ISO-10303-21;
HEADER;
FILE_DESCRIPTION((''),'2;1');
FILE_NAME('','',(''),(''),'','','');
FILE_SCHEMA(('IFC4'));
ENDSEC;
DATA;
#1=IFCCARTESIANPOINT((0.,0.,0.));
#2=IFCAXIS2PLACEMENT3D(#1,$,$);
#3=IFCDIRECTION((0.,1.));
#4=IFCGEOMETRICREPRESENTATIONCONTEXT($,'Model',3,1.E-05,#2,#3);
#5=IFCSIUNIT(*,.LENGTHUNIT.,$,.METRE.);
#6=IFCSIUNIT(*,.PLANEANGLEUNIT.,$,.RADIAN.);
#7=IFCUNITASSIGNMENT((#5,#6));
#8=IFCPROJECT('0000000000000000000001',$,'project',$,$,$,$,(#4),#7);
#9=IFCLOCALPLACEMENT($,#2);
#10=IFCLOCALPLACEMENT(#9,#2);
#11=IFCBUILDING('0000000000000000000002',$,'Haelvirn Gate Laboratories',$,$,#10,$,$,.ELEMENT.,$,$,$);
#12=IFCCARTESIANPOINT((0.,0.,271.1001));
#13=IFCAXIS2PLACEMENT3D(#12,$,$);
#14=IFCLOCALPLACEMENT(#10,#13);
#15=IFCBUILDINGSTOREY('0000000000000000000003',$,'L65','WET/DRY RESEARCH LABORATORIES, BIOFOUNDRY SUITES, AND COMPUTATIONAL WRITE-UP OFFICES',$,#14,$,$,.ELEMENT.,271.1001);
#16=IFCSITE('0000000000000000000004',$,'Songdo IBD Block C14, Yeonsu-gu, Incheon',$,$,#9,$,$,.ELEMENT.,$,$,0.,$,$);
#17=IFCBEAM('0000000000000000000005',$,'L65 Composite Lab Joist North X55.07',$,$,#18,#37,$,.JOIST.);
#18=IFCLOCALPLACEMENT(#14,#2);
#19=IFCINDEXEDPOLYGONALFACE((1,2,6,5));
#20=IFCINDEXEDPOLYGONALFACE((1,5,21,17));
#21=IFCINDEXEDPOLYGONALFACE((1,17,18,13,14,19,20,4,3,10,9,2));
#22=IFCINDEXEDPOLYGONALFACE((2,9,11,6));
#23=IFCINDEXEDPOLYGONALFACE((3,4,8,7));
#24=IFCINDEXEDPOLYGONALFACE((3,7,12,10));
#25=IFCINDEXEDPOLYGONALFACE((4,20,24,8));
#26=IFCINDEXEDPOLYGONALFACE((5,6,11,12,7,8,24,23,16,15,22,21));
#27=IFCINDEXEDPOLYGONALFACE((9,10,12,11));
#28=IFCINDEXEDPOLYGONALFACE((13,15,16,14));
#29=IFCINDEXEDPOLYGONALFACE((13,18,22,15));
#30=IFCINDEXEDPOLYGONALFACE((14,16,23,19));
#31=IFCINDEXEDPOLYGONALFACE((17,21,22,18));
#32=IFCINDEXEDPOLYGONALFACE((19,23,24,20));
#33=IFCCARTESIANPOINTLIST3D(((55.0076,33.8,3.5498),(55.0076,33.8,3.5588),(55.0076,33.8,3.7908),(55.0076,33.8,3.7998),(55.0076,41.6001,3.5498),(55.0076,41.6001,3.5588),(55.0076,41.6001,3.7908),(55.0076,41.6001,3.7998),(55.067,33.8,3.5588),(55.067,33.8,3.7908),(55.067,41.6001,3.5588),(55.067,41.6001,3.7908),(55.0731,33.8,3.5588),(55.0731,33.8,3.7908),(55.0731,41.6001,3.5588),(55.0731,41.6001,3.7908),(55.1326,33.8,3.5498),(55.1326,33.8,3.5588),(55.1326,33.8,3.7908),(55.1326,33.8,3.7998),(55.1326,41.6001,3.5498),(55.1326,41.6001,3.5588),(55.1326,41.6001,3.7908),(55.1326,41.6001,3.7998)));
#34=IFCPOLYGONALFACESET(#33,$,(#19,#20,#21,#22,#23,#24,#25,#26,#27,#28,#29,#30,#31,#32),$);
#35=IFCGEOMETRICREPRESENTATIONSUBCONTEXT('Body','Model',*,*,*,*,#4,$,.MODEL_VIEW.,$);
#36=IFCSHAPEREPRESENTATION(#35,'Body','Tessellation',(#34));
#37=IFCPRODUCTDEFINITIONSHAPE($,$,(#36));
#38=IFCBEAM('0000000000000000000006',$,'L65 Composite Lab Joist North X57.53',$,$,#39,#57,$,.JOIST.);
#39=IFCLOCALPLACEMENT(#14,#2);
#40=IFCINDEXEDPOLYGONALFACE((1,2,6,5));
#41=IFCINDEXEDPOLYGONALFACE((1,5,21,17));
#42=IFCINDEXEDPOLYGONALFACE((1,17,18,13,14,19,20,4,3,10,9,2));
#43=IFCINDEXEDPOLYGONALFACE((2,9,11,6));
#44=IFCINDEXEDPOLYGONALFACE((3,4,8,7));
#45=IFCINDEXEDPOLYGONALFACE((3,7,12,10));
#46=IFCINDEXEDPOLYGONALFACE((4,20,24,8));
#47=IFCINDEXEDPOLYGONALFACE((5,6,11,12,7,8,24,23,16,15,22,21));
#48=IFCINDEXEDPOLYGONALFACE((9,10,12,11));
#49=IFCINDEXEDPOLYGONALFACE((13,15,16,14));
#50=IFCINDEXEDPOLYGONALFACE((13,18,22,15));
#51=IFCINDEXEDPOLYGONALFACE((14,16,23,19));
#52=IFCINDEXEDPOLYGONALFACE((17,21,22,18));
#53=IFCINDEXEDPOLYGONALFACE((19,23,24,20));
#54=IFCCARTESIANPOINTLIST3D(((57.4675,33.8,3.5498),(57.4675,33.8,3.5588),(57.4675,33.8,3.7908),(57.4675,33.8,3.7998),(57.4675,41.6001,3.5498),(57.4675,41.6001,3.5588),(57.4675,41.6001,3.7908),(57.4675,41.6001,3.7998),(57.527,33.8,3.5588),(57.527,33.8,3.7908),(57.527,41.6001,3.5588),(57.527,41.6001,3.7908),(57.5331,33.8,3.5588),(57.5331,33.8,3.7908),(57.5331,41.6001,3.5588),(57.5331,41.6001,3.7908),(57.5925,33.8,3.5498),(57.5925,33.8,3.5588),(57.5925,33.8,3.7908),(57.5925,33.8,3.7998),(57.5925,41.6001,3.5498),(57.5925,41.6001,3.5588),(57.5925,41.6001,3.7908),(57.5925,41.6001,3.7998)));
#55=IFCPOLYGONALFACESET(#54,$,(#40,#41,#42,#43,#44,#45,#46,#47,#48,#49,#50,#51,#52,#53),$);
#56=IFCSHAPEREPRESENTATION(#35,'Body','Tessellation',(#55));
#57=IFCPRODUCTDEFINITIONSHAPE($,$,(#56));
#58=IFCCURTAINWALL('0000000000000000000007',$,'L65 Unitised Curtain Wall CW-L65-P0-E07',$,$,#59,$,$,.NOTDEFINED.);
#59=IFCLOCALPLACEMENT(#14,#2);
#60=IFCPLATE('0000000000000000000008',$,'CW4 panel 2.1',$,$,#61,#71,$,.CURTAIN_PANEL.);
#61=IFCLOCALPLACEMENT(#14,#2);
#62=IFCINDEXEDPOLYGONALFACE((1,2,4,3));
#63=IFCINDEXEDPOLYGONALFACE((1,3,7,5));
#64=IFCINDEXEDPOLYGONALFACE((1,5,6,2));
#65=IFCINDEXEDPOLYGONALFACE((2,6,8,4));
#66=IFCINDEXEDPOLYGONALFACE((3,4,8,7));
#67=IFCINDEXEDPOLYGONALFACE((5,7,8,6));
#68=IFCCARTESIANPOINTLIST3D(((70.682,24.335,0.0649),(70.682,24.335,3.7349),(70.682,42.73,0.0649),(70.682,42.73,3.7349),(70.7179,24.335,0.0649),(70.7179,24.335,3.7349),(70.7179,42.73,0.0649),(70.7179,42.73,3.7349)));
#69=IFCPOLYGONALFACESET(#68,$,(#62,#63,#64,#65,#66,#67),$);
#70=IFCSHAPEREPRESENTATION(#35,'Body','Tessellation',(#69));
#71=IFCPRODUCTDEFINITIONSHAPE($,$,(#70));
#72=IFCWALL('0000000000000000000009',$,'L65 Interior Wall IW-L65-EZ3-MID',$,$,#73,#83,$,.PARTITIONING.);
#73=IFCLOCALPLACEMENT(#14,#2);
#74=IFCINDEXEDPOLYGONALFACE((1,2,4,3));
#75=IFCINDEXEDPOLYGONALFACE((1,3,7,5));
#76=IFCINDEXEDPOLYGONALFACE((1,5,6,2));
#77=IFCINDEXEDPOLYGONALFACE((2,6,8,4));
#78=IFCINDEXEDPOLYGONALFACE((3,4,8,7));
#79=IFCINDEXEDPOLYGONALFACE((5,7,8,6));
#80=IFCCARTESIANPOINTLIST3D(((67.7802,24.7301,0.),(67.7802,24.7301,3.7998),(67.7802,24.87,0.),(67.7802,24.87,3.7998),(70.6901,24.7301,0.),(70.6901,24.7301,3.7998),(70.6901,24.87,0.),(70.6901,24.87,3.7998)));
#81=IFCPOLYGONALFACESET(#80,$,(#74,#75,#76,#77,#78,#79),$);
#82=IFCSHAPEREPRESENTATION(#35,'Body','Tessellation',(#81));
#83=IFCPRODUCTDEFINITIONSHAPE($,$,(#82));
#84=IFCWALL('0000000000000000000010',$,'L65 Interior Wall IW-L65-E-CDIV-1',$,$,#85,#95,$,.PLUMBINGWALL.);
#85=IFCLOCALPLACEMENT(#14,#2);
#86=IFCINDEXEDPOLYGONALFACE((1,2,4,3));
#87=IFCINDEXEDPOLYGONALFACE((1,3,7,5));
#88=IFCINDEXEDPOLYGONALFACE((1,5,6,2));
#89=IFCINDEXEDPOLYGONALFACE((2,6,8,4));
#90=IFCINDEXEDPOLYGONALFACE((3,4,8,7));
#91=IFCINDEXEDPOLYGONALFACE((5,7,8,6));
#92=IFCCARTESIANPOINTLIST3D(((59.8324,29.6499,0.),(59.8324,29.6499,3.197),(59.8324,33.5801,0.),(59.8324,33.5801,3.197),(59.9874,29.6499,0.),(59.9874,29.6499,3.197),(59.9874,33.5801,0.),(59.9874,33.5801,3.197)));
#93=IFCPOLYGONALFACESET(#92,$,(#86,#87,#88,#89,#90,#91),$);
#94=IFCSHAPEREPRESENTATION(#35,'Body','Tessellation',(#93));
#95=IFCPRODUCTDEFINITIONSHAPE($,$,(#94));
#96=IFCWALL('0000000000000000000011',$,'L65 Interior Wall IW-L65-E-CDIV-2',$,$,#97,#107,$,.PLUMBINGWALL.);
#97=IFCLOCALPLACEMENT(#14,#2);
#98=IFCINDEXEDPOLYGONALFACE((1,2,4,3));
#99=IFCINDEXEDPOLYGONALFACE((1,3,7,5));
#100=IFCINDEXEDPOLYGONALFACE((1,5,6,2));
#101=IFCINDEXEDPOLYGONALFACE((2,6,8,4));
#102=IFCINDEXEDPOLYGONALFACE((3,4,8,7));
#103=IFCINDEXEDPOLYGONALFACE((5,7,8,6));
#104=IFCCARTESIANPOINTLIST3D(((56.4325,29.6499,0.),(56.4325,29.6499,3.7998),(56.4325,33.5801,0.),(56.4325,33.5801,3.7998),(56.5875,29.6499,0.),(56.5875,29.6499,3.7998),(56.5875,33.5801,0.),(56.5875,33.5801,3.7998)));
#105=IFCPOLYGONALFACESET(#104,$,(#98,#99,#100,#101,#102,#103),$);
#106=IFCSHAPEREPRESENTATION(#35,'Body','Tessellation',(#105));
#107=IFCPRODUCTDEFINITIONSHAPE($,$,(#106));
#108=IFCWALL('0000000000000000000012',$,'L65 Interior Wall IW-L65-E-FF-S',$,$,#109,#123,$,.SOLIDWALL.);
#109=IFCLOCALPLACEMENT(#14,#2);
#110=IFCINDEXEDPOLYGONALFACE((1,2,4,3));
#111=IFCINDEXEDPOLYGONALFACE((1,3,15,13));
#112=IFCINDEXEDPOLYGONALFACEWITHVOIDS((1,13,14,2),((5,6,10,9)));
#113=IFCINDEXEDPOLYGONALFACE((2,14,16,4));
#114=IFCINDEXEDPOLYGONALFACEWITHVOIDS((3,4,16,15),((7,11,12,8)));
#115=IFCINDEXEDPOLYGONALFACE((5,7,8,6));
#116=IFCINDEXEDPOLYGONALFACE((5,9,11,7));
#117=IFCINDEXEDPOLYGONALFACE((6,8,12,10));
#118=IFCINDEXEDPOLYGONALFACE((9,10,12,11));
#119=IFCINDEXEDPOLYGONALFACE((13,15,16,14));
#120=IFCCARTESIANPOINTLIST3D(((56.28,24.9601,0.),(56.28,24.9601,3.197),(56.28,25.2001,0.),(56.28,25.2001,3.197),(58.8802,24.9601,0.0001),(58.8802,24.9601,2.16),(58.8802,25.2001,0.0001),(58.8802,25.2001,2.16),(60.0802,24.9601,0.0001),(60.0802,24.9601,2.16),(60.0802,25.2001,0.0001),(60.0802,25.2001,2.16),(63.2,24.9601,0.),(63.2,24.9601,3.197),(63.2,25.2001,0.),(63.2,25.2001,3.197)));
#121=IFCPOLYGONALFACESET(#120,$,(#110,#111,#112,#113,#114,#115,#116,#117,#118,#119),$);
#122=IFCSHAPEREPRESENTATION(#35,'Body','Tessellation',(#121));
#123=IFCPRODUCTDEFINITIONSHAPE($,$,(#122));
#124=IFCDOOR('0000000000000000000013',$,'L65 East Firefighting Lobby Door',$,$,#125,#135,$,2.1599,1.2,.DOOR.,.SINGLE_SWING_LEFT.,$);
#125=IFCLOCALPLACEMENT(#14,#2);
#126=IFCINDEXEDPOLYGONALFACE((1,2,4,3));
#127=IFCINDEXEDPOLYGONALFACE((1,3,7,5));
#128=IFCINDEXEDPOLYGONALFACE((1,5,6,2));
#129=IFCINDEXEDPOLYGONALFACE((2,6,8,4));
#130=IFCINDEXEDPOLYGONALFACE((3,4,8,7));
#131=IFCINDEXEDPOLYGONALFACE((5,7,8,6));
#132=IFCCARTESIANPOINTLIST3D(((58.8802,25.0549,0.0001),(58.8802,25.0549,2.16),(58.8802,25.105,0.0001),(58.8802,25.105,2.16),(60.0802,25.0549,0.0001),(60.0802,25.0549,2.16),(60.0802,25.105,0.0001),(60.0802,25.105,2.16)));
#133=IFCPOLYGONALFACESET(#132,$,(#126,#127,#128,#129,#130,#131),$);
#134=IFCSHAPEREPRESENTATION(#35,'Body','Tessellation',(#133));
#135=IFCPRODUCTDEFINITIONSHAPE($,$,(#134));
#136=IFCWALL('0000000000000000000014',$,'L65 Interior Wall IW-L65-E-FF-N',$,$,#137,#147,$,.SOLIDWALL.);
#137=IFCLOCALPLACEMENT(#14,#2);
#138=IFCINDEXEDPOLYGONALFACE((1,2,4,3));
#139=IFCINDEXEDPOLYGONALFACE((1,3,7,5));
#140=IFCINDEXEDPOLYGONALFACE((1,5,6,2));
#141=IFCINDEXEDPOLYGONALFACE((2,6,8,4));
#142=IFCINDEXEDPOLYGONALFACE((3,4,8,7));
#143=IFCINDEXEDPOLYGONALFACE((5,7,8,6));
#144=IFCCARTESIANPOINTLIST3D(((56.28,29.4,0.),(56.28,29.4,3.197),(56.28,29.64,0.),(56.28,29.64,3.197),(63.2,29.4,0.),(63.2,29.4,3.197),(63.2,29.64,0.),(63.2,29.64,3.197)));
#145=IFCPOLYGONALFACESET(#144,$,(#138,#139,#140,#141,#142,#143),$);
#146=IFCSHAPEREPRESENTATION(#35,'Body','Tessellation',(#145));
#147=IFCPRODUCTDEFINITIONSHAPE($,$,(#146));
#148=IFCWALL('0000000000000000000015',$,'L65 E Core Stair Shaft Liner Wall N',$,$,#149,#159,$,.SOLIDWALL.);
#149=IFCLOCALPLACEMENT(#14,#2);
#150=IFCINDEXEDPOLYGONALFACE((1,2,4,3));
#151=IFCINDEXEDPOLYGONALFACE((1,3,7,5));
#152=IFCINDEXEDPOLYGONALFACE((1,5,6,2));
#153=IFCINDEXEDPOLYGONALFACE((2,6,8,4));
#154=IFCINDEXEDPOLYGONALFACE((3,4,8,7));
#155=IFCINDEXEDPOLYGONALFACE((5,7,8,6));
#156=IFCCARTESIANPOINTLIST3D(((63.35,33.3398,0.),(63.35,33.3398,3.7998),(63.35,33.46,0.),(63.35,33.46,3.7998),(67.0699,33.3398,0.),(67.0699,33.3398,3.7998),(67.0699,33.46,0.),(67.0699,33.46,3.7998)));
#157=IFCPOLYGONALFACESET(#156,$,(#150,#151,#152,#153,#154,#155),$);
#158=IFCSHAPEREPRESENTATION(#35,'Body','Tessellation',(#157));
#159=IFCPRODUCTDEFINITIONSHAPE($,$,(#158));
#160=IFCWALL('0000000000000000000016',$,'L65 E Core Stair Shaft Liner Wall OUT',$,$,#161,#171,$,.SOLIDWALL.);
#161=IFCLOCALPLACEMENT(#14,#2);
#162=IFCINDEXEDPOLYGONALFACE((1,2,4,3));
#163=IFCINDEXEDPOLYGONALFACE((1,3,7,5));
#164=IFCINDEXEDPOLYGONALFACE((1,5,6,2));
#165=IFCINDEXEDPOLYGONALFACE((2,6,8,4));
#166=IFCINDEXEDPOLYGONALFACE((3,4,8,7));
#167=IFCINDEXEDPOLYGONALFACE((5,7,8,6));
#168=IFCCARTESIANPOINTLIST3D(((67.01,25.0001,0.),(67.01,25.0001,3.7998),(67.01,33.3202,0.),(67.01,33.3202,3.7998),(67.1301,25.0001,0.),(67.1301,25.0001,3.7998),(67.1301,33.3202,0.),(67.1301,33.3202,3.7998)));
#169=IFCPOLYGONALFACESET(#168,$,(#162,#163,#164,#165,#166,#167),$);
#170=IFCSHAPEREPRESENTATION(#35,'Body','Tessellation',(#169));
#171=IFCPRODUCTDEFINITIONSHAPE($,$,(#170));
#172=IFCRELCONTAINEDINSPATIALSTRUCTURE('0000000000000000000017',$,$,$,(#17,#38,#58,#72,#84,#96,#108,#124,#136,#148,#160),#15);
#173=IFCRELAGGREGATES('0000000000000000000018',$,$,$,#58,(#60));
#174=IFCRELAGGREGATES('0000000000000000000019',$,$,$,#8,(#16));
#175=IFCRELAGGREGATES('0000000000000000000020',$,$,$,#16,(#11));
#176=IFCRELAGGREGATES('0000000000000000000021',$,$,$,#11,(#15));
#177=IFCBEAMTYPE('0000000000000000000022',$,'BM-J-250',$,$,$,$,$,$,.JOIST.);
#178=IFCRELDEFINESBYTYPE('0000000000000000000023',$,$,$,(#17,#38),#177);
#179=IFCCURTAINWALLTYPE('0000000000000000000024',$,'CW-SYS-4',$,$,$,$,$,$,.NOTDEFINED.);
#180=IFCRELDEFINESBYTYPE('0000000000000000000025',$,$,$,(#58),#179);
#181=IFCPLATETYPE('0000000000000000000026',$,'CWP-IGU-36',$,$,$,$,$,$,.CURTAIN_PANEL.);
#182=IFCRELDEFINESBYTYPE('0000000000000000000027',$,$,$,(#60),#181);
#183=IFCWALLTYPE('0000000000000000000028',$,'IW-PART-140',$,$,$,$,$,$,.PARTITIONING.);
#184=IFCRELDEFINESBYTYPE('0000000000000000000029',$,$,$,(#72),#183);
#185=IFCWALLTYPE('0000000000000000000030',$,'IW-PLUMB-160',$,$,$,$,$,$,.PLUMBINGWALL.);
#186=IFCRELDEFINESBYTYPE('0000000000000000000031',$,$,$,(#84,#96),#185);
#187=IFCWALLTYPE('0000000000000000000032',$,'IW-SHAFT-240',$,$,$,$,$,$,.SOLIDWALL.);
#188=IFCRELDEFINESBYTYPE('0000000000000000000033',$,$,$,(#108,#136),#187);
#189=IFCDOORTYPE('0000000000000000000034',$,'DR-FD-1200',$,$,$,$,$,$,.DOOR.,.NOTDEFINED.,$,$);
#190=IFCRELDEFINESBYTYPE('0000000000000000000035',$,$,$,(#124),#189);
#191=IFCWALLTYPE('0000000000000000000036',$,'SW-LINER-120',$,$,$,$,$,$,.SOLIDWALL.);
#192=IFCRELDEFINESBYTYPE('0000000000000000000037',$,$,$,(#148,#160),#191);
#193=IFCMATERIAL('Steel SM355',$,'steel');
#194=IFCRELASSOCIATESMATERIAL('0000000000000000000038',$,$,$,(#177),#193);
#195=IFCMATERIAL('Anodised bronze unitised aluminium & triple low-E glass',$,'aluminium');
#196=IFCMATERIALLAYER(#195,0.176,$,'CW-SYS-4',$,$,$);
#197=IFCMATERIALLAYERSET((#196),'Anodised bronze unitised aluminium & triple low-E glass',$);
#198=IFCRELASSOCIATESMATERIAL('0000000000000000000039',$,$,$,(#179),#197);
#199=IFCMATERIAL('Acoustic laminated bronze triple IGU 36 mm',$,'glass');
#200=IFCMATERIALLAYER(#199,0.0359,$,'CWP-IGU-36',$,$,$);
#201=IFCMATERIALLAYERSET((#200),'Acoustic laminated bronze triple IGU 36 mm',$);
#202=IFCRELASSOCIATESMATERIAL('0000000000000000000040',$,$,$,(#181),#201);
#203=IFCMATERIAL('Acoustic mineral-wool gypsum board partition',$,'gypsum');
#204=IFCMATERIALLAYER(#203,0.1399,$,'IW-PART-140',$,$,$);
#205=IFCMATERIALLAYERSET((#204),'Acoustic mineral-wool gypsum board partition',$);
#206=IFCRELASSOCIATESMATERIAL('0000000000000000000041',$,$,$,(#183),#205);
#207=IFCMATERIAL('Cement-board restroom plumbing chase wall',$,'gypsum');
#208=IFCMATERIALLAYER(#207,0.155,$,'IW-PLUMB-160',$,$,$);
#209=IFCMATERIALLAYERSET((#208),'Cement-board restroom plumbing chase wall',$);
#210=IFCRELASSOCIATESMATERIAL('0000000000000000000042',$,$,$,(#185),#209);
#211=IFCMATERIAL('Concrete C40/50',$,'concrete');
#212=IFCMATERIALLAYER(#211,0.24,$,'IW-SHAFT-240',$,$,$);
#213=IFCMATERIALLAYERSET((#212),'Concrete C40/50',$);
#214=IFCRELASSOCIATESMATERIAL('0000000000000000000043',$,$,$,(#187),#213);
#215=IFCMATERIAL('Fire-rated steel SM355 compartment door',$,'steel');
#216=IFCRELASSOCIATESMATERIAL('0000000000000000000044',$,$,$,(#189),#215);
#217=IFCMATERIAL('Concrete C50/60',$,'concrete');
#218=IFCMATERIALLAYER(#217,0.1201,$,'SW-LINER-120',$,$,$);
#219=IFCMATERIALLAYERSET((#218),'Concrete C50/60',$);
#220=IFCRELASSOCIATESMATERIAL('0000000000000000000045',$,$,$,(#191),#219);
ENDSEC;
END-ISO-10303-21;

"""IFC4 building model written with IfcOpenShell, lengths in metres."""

from ifc_helpers import new_model, si_unit, direction, frame, frame_2d, origin, origin_2d, place, context, subcontext, project, spatial, rectangle, i_section, extrude, source, transform, mapped, material, layer, layer_set, material_profile, profile_set, type_object, type_shapes, element, fill, aggregate, save


model = new_model("IFC4")

# Units and contexts
model_context = context("Model", 3, precision=1e-05, world=origin(), true_north=direction((0.0, 1.0)))
body_context = subcontext(model_context, "Body", "Model", "MODEL_VIEW")
ifc_project = project(units=[si_unit("LENGTHUNIT", "METRE"), si_unit("PLANEANGLEUNIT", "RADIAN")], contexts=[model_context])

# Site, building, storey
site_placement = place(None, origin())
site = spatial("IfcSite", under=ifc_project, at=site_placement, Name="Songdo IBD Block C14, Yeonsu-gu, Incheon", CompositionType="ELEMENT", RefElevation=0.0)
building_placement = place(site_placement, origin())
building = spatial("IfcBuilding", under=site, at=building_placement, Name="Haelvirn Gate Laboratories", CompositionType="ELEMENT")
storey_placement = place(building_placement, frame((0.0, 0.0, 271.1001)))
storey = spatial("IfcBuildingStorey", under=building, at=storey_placement, Name="L65", Description="WET/DRY RESEARCH LABORATORIES, BIOFOUNDRY SUITES, AND COMPUTATIONAL WRITE-UP OFFICES", CompositionType="ELEMENT", Elevation=271.1001)

# Beams
ifc_material_1 = material(Name="Steel SM355", Category="steel")
ifc_material_profile = material_profile(ifc_material_1, i_section(OverallWidth=0.125, OverallDepth=0.25, WebThickness=0.0061, FlangeThickness=0.009, at=origin_2d()), Name="H-250x125x6x9")
ifc_profile_set = profile_set([ifc_material_profile], Name="Steel SM355")
beam_type = type_object("IfcBeamType", Name="BM-J-250", PredefinedType="JOIST", material=ifc_profile_set)
shared_shape_1 = source(origin(), body_context, "Body", "SweptSolid", [
    extrude(i_section(OverallWidth=0.125, OverallDepth=0.25, WebThickness=0.0061, FlangeThickness=0.009, at=origin_2d()), origin(), (0.0, 0.0, 1.0), 7.8),
])
type_shapes(beam_type, [shared_shape_1])
for number, where, z_axis, x_axis, name in (
    (1, (55.0701, 33.8, 3.6748), (0.0, 1.0, 0.0), (-1.0, 0.0, 0.0), "L65 Composite Lab Joist North X55.07"),
    (2, (57.53, 33.8, 3.6748), (0.0, 1.0, 0.0), (-1.0, 0.0, 0.0), "L65 Composite Lab Joist North X57.53"),
):
    element("IfcBeam", number, at=place(storey_placement, frame(where, z_axis=z_axis, x_axis=x_axis)), inside=storey, type_object=beam_type, Name=name, PredefinedType="JOIST", context=body_context, shape_type="MappedRepresentation", body=[
        mapped(shared_shape_1, transform((0.0, 0.0, 0.0), scale=1.0)),
    ])

# Curtain wall, plate
ifc_material_2 = material(Name="Anodised bronze unitised aluminium & triple low-E glass", Category="aluminium")
ifc_layer_1 = layer(ifc_material_2, 0.176, Name="CW-SYS-4")
ifc_layer_set_1 = layer_set([ifc_layer_1], Name="Anodised bronze unitised aluminium & triple low-E glass")
curtain_wall_type = type_object("IfcCurtainWallType", Name="CW-SYS-4", PredefinedType="NOTDEFINED", material=ifc_layer_set_1)
curtain_wall_placement = place(storey_placement, origin())
curtain_wall = element("IfcCurtainWall", 3, at=curtain_wall_placement, inside=storey, type_object=curtain_wall_type, Name="L65 Unitised Curtain Wall CW-L65-P0-E07", PredefinedType="NOTDEFINED")
ifc_material_3 = material(Name="Acoustic laminated bronze triple IGU 36 mm", Category="glass")
ifc_layer_2 = layer(ifc_material_3, 0.0359, Name="CWP-IGU-36")
ifc_layer_set_2 = layer_set([ifc_layer_2], Name="Acoustic laminated bronze triple IGU 36 mm")
plate_type = type_object("IfcPlateType", Name="CWP-IGU-36", PredefinedType="CURTAIN_PANEL", material=ifc_layer_set_2)
shared_shape_2 = source(origin(), body_context, "Body", "SweptSolid", [
    extrude(rectangle(XDim=18.395, YDim=0.0359, at=origin_2d()), origin(), (0.0, 0.0, 1.0), 3.6699),
])
type_shapes(plate_type, [shared_shape_2])
plate_placement = place(storey_placement, frame((70.7, 33.5325, 0.0649), z_axis=(0.0, 0.0, 1.0), x_axis=(0.0, 1.0, 0.0)))
plate = element("IfcPlate", 4, at=plate_placement, type_object=plate_type, Name="CW4 panel 2.1", PredefinedType="CURTAIN_PANEL", context=body_context, shape_type="MappedRepresentation", body=[
    mapped(shared_shape_2, transform((0.0, 0.0, 0.0), scale=1.0)),
])
aggregate(curtain_wall, [plate])

# Walls
ifc_material_4 = material(Name="Acoustic mineral-wool gypsum board partition", Category="gypsum")
ifc_layer_3 = layer(ifc_material_4, 0.1399, Name="IW-PART-140")
ifc_layer_set_3 = layer_set([ifc_layer_3], Name="Acoustic mineral-wool gypsum board partition")
wall_type_1 = type_object("IfcWallType", Name="IW-PART-140", PredefinedType="PARTITIONING", material=ifc_layer_set_3)
wall_1_placement = place(storey_placement, frame((67.78, 24.8, 0.0), z_axis=(0.0, 0.0, 1.0), x_axis=(1.0, 0.0, 0.0)))
element("IfcWall", 5, at=wall_1_placement, inside=storey, type_object=wall_type_1, Name="L65 Interior Wall IW-L65-EZ3-MID", PredefinedType="PARTITIONING", context=body_context, shape_type="SweptSolid", body=[
    extrude(rectangle(XDim=2.9099, YDim=0.1399, at=frame_2d((1.4551, 0.0))), origin(), (0.0, 0.0, 1.0), 3.7998),
])
ifc_material_5 = material(Name="Cement-board restroom plumbing chase wall", Category="gypsum")
ifc_layer_4 = layer(ifc_material_5, 0.155, Name="IW-PLUMB-160")
ifc_layer_set_4 = layer_set([ifc_layer_4], Name="Cement-board restroom plumbing chase wall")
wall_type_2 = type_object("IfcWallType", Name="IW-PLUMB-160", PredefinedType="PLUMBINGWALL", material=ifc_layer_set_4)
wall_2_placement = place(storey_placement, frame((59.9099, 29.6499, 0.0), z_axis=(0.0, 0.0, 1.0), x_axis=(0.0, 1.0, 0.0)))
element("IfcWall", 6, at=wall_2_placement, inside=storey, type_object=wall_type_2, Name="L65 Interior Wall IW-L65-E-CDIV-1", PredefinedType="PLUMBINGWALL", context=body_context, shape_type="SweptSolid", body=[
    extrude(rectangle(XDim=3.9302, YDim=0.155, at=frame_2d((1.9651, 0.0))), origin(), (0.0, 0.0, 1.0), 3.197),
])
wall_3_placement = place(storey_placement, frame((56.51, 29.6499, 0.0), z_axis=(0.0, 0.0, 1.0), x_axis=(0.0, 1.0, 0.0)))
element("IfcWall", 7, at=wall_3_placement, inside=storey, type_object=wall_type_2, Name="L65 Interior Wall IW-L65-E-CDIV-2", PredefinedType="PLUMBINGWALL", context=body_context, shape_type="SweptSolid", body=[
    extrude(rectangle(XDim=3.9302, YDim=0.155, at=frame_2d((1.9651, 0.0))), origin(), (0.0, 0.0, 1.0), 3.7998),
])

# Wall, opening, door
ifc_material_6 = material(Name="Concrete C40/50", Category="concrete")
ifc_layer_5 = layer(ifc_material_6, 0.24, Name="IW-SHAFT-240")
ifc_layer_set_5 = layer_set([ifc_layer_5], Name="Concrete C40/50")
wall_type_3 = type_object("IfcWallType", Name="IW-SHAFT-240", PredefinedType="SOLIDWALL", material=ifc_layer_set_5)
wall_4_placement = place(storey_placement, frame((56.28, 25.0801, 0.0), z_axis=(0.0, 0.0, 1.0), x_axis=(1.0, 0.0, 0.0)))
wall_4 = element("IfcWall", 8, at=wall_4_placement, inside=storey, type_object=wall_type_3, Name="L65 Interior Wall IW-L65-E-FF-S", PredefinedType="SOLIDWALL", context=body_context, shape_type="SweptSolid", body=[
    extrude(rectangle(XDim=6.9199, YDim=0.24, at=frame_2d((3.46, 0.0))), origin(), (0.0, 0.0, 1.0), 3.197),
])
opening_1_placement = place(wall_4_placement, frame((2.6001, 0.0, 0.0)))
opening_1 = element("IfcOpeningElement", 9, at=opening_1_placement, cuts=wall_4, PredefinedType="OPENING", context=body_context, shape_type="SweptSolid", body=[
    extrude(rectangle(XDim=1.2, YDim=2.1599, at=frame_2d((0.6001, 1.0801))), frame((0.0, 0.1299, 0.0), z_axis=(0.0, -1.0, 0.0), x_axis=(1.0, 0.0, 0.0)), (0.0, 0.0, 1.0), 0.26),
])
ifc_material_7 = material(Name="Fire-rated steel SM355 compartment door", Category="steel")
door_type_1 = type_object("IfcDoorType", Name="DR-FD-1200", OperationType="NOTDEFINED", PredefinedType="DOOR", material=ifc_material_7)
shared_shape_3 = source(origin(), body_context, "Body", "SweptSolid", [
    extrude(rectangle(XDim=1.2, YDim=2.1599, at=frame_2d((0.6001, 1.0801))), frame((0.0, 0.0249, 0.0), z_axis=(0.0, -1.0, 0.0), x_axis=(1.0, 0.0, 0.0)), (0.0, 0.0, 1.0), 0.05),
])
type_shapes(door_type_1, [shared_shape_3])
door_1_placement = place(opening_1_placement, origin())
door_1 = element("IfcDoor", 10, at=door_1_placement, inside=storey, type_object=door_type_1, Name="L65 East Firefighting Lobby Door", OperationType="SINGLE_SWING_LEFT", OverallHeight=2.1599, OverallWidth=1.2, PredefinedType="DOOR", context=body_context, shape_type="MappedRepresentation", body=[
    mapped(shared_shape_3, transform((0.0, 0.0, 0.0), scale=1.0)),
])
fill(opening_1, door_1)

# Walls
wall_5_placement = place(storey_placement, frame((56.28, 29.52, 0.0), z_axis=(0.0, 0.0, 1.0), x_axis=(1.0, 0.0, 0.0)))
element("IfcWall", 11, at=wall_5_placement, inside=storey, type_object=wall_type_3, Name="L65 Interior Wall IW-L65-E-FF-N", PredefinedType="SOLIDWALL", context=body_context, shape_type="SweptSolid", body=[
    extrude(rectangle(XDim=6.9199, YDim=0.24, at=frame_2d((3.46, 0.0))), origin(), (0.0, 0.0, 1.0), 3.197),
])
ifc_material_8 = material(Name="Concrete C50/60", Category="concrete")
ifc_layer_6 = layer(ifc_material_8, 0.1201, Name="SW-LINER-120")
ifc_layer_set_6 = layer_set([ifc_layer_6], Name="Concrete C50/60")
wall_type_4 = type_object("IfcWallType", Name="SW-LINER-120", PredefinedType="SOLIDWALL", material=ifc_layer_set_6)
wall_6_placement = place(storey_placement, frame((63.3501, 33.3999, 0.0), z_axis=(0.0, 0.0, 1.0), x_axis=(1.0, 0.0, 0.0)))
element("IfcWall", 12, at=wall_6_placement, inside=storey, type_object=wall_type_4, Name="L65 E Core Stair Shaft Liner Wall N", PredefinedType="SOLIDWALL", context=body_context, shape_type="SweptSolid", body=[
    extrude(rectangle(XDim=3.72, YDim=0.1201, at=frame_2d((1.8599, 0.0))), origin(), (0.0, 0.0, 1.0), 3.7998),
])
wall_7_placement = place(storey_placement, frame((67.0701, 25.0, 0.0), z_axis=(0.0, 0.0, 1.0), x_axis=(0.0, 1.0, 0.0)))
element("IfcWall", 13, at=wall_7_placement, inside=storey, type_object=wall_type_4, Name="L65 E Core Stair Shaft Liner Wall OUT", PredefinedType="SOLIDWALL", context=body_context, shape_type="SweptSolid", body=[
    extrude(rectangle(XDim=8.3201, YDim=0.1201, at=frame_2d((4.1602, 0.0))), origin(), (0.0, 0.0, 1.0), 3.7998),
])

save(model, "model.ifc")
